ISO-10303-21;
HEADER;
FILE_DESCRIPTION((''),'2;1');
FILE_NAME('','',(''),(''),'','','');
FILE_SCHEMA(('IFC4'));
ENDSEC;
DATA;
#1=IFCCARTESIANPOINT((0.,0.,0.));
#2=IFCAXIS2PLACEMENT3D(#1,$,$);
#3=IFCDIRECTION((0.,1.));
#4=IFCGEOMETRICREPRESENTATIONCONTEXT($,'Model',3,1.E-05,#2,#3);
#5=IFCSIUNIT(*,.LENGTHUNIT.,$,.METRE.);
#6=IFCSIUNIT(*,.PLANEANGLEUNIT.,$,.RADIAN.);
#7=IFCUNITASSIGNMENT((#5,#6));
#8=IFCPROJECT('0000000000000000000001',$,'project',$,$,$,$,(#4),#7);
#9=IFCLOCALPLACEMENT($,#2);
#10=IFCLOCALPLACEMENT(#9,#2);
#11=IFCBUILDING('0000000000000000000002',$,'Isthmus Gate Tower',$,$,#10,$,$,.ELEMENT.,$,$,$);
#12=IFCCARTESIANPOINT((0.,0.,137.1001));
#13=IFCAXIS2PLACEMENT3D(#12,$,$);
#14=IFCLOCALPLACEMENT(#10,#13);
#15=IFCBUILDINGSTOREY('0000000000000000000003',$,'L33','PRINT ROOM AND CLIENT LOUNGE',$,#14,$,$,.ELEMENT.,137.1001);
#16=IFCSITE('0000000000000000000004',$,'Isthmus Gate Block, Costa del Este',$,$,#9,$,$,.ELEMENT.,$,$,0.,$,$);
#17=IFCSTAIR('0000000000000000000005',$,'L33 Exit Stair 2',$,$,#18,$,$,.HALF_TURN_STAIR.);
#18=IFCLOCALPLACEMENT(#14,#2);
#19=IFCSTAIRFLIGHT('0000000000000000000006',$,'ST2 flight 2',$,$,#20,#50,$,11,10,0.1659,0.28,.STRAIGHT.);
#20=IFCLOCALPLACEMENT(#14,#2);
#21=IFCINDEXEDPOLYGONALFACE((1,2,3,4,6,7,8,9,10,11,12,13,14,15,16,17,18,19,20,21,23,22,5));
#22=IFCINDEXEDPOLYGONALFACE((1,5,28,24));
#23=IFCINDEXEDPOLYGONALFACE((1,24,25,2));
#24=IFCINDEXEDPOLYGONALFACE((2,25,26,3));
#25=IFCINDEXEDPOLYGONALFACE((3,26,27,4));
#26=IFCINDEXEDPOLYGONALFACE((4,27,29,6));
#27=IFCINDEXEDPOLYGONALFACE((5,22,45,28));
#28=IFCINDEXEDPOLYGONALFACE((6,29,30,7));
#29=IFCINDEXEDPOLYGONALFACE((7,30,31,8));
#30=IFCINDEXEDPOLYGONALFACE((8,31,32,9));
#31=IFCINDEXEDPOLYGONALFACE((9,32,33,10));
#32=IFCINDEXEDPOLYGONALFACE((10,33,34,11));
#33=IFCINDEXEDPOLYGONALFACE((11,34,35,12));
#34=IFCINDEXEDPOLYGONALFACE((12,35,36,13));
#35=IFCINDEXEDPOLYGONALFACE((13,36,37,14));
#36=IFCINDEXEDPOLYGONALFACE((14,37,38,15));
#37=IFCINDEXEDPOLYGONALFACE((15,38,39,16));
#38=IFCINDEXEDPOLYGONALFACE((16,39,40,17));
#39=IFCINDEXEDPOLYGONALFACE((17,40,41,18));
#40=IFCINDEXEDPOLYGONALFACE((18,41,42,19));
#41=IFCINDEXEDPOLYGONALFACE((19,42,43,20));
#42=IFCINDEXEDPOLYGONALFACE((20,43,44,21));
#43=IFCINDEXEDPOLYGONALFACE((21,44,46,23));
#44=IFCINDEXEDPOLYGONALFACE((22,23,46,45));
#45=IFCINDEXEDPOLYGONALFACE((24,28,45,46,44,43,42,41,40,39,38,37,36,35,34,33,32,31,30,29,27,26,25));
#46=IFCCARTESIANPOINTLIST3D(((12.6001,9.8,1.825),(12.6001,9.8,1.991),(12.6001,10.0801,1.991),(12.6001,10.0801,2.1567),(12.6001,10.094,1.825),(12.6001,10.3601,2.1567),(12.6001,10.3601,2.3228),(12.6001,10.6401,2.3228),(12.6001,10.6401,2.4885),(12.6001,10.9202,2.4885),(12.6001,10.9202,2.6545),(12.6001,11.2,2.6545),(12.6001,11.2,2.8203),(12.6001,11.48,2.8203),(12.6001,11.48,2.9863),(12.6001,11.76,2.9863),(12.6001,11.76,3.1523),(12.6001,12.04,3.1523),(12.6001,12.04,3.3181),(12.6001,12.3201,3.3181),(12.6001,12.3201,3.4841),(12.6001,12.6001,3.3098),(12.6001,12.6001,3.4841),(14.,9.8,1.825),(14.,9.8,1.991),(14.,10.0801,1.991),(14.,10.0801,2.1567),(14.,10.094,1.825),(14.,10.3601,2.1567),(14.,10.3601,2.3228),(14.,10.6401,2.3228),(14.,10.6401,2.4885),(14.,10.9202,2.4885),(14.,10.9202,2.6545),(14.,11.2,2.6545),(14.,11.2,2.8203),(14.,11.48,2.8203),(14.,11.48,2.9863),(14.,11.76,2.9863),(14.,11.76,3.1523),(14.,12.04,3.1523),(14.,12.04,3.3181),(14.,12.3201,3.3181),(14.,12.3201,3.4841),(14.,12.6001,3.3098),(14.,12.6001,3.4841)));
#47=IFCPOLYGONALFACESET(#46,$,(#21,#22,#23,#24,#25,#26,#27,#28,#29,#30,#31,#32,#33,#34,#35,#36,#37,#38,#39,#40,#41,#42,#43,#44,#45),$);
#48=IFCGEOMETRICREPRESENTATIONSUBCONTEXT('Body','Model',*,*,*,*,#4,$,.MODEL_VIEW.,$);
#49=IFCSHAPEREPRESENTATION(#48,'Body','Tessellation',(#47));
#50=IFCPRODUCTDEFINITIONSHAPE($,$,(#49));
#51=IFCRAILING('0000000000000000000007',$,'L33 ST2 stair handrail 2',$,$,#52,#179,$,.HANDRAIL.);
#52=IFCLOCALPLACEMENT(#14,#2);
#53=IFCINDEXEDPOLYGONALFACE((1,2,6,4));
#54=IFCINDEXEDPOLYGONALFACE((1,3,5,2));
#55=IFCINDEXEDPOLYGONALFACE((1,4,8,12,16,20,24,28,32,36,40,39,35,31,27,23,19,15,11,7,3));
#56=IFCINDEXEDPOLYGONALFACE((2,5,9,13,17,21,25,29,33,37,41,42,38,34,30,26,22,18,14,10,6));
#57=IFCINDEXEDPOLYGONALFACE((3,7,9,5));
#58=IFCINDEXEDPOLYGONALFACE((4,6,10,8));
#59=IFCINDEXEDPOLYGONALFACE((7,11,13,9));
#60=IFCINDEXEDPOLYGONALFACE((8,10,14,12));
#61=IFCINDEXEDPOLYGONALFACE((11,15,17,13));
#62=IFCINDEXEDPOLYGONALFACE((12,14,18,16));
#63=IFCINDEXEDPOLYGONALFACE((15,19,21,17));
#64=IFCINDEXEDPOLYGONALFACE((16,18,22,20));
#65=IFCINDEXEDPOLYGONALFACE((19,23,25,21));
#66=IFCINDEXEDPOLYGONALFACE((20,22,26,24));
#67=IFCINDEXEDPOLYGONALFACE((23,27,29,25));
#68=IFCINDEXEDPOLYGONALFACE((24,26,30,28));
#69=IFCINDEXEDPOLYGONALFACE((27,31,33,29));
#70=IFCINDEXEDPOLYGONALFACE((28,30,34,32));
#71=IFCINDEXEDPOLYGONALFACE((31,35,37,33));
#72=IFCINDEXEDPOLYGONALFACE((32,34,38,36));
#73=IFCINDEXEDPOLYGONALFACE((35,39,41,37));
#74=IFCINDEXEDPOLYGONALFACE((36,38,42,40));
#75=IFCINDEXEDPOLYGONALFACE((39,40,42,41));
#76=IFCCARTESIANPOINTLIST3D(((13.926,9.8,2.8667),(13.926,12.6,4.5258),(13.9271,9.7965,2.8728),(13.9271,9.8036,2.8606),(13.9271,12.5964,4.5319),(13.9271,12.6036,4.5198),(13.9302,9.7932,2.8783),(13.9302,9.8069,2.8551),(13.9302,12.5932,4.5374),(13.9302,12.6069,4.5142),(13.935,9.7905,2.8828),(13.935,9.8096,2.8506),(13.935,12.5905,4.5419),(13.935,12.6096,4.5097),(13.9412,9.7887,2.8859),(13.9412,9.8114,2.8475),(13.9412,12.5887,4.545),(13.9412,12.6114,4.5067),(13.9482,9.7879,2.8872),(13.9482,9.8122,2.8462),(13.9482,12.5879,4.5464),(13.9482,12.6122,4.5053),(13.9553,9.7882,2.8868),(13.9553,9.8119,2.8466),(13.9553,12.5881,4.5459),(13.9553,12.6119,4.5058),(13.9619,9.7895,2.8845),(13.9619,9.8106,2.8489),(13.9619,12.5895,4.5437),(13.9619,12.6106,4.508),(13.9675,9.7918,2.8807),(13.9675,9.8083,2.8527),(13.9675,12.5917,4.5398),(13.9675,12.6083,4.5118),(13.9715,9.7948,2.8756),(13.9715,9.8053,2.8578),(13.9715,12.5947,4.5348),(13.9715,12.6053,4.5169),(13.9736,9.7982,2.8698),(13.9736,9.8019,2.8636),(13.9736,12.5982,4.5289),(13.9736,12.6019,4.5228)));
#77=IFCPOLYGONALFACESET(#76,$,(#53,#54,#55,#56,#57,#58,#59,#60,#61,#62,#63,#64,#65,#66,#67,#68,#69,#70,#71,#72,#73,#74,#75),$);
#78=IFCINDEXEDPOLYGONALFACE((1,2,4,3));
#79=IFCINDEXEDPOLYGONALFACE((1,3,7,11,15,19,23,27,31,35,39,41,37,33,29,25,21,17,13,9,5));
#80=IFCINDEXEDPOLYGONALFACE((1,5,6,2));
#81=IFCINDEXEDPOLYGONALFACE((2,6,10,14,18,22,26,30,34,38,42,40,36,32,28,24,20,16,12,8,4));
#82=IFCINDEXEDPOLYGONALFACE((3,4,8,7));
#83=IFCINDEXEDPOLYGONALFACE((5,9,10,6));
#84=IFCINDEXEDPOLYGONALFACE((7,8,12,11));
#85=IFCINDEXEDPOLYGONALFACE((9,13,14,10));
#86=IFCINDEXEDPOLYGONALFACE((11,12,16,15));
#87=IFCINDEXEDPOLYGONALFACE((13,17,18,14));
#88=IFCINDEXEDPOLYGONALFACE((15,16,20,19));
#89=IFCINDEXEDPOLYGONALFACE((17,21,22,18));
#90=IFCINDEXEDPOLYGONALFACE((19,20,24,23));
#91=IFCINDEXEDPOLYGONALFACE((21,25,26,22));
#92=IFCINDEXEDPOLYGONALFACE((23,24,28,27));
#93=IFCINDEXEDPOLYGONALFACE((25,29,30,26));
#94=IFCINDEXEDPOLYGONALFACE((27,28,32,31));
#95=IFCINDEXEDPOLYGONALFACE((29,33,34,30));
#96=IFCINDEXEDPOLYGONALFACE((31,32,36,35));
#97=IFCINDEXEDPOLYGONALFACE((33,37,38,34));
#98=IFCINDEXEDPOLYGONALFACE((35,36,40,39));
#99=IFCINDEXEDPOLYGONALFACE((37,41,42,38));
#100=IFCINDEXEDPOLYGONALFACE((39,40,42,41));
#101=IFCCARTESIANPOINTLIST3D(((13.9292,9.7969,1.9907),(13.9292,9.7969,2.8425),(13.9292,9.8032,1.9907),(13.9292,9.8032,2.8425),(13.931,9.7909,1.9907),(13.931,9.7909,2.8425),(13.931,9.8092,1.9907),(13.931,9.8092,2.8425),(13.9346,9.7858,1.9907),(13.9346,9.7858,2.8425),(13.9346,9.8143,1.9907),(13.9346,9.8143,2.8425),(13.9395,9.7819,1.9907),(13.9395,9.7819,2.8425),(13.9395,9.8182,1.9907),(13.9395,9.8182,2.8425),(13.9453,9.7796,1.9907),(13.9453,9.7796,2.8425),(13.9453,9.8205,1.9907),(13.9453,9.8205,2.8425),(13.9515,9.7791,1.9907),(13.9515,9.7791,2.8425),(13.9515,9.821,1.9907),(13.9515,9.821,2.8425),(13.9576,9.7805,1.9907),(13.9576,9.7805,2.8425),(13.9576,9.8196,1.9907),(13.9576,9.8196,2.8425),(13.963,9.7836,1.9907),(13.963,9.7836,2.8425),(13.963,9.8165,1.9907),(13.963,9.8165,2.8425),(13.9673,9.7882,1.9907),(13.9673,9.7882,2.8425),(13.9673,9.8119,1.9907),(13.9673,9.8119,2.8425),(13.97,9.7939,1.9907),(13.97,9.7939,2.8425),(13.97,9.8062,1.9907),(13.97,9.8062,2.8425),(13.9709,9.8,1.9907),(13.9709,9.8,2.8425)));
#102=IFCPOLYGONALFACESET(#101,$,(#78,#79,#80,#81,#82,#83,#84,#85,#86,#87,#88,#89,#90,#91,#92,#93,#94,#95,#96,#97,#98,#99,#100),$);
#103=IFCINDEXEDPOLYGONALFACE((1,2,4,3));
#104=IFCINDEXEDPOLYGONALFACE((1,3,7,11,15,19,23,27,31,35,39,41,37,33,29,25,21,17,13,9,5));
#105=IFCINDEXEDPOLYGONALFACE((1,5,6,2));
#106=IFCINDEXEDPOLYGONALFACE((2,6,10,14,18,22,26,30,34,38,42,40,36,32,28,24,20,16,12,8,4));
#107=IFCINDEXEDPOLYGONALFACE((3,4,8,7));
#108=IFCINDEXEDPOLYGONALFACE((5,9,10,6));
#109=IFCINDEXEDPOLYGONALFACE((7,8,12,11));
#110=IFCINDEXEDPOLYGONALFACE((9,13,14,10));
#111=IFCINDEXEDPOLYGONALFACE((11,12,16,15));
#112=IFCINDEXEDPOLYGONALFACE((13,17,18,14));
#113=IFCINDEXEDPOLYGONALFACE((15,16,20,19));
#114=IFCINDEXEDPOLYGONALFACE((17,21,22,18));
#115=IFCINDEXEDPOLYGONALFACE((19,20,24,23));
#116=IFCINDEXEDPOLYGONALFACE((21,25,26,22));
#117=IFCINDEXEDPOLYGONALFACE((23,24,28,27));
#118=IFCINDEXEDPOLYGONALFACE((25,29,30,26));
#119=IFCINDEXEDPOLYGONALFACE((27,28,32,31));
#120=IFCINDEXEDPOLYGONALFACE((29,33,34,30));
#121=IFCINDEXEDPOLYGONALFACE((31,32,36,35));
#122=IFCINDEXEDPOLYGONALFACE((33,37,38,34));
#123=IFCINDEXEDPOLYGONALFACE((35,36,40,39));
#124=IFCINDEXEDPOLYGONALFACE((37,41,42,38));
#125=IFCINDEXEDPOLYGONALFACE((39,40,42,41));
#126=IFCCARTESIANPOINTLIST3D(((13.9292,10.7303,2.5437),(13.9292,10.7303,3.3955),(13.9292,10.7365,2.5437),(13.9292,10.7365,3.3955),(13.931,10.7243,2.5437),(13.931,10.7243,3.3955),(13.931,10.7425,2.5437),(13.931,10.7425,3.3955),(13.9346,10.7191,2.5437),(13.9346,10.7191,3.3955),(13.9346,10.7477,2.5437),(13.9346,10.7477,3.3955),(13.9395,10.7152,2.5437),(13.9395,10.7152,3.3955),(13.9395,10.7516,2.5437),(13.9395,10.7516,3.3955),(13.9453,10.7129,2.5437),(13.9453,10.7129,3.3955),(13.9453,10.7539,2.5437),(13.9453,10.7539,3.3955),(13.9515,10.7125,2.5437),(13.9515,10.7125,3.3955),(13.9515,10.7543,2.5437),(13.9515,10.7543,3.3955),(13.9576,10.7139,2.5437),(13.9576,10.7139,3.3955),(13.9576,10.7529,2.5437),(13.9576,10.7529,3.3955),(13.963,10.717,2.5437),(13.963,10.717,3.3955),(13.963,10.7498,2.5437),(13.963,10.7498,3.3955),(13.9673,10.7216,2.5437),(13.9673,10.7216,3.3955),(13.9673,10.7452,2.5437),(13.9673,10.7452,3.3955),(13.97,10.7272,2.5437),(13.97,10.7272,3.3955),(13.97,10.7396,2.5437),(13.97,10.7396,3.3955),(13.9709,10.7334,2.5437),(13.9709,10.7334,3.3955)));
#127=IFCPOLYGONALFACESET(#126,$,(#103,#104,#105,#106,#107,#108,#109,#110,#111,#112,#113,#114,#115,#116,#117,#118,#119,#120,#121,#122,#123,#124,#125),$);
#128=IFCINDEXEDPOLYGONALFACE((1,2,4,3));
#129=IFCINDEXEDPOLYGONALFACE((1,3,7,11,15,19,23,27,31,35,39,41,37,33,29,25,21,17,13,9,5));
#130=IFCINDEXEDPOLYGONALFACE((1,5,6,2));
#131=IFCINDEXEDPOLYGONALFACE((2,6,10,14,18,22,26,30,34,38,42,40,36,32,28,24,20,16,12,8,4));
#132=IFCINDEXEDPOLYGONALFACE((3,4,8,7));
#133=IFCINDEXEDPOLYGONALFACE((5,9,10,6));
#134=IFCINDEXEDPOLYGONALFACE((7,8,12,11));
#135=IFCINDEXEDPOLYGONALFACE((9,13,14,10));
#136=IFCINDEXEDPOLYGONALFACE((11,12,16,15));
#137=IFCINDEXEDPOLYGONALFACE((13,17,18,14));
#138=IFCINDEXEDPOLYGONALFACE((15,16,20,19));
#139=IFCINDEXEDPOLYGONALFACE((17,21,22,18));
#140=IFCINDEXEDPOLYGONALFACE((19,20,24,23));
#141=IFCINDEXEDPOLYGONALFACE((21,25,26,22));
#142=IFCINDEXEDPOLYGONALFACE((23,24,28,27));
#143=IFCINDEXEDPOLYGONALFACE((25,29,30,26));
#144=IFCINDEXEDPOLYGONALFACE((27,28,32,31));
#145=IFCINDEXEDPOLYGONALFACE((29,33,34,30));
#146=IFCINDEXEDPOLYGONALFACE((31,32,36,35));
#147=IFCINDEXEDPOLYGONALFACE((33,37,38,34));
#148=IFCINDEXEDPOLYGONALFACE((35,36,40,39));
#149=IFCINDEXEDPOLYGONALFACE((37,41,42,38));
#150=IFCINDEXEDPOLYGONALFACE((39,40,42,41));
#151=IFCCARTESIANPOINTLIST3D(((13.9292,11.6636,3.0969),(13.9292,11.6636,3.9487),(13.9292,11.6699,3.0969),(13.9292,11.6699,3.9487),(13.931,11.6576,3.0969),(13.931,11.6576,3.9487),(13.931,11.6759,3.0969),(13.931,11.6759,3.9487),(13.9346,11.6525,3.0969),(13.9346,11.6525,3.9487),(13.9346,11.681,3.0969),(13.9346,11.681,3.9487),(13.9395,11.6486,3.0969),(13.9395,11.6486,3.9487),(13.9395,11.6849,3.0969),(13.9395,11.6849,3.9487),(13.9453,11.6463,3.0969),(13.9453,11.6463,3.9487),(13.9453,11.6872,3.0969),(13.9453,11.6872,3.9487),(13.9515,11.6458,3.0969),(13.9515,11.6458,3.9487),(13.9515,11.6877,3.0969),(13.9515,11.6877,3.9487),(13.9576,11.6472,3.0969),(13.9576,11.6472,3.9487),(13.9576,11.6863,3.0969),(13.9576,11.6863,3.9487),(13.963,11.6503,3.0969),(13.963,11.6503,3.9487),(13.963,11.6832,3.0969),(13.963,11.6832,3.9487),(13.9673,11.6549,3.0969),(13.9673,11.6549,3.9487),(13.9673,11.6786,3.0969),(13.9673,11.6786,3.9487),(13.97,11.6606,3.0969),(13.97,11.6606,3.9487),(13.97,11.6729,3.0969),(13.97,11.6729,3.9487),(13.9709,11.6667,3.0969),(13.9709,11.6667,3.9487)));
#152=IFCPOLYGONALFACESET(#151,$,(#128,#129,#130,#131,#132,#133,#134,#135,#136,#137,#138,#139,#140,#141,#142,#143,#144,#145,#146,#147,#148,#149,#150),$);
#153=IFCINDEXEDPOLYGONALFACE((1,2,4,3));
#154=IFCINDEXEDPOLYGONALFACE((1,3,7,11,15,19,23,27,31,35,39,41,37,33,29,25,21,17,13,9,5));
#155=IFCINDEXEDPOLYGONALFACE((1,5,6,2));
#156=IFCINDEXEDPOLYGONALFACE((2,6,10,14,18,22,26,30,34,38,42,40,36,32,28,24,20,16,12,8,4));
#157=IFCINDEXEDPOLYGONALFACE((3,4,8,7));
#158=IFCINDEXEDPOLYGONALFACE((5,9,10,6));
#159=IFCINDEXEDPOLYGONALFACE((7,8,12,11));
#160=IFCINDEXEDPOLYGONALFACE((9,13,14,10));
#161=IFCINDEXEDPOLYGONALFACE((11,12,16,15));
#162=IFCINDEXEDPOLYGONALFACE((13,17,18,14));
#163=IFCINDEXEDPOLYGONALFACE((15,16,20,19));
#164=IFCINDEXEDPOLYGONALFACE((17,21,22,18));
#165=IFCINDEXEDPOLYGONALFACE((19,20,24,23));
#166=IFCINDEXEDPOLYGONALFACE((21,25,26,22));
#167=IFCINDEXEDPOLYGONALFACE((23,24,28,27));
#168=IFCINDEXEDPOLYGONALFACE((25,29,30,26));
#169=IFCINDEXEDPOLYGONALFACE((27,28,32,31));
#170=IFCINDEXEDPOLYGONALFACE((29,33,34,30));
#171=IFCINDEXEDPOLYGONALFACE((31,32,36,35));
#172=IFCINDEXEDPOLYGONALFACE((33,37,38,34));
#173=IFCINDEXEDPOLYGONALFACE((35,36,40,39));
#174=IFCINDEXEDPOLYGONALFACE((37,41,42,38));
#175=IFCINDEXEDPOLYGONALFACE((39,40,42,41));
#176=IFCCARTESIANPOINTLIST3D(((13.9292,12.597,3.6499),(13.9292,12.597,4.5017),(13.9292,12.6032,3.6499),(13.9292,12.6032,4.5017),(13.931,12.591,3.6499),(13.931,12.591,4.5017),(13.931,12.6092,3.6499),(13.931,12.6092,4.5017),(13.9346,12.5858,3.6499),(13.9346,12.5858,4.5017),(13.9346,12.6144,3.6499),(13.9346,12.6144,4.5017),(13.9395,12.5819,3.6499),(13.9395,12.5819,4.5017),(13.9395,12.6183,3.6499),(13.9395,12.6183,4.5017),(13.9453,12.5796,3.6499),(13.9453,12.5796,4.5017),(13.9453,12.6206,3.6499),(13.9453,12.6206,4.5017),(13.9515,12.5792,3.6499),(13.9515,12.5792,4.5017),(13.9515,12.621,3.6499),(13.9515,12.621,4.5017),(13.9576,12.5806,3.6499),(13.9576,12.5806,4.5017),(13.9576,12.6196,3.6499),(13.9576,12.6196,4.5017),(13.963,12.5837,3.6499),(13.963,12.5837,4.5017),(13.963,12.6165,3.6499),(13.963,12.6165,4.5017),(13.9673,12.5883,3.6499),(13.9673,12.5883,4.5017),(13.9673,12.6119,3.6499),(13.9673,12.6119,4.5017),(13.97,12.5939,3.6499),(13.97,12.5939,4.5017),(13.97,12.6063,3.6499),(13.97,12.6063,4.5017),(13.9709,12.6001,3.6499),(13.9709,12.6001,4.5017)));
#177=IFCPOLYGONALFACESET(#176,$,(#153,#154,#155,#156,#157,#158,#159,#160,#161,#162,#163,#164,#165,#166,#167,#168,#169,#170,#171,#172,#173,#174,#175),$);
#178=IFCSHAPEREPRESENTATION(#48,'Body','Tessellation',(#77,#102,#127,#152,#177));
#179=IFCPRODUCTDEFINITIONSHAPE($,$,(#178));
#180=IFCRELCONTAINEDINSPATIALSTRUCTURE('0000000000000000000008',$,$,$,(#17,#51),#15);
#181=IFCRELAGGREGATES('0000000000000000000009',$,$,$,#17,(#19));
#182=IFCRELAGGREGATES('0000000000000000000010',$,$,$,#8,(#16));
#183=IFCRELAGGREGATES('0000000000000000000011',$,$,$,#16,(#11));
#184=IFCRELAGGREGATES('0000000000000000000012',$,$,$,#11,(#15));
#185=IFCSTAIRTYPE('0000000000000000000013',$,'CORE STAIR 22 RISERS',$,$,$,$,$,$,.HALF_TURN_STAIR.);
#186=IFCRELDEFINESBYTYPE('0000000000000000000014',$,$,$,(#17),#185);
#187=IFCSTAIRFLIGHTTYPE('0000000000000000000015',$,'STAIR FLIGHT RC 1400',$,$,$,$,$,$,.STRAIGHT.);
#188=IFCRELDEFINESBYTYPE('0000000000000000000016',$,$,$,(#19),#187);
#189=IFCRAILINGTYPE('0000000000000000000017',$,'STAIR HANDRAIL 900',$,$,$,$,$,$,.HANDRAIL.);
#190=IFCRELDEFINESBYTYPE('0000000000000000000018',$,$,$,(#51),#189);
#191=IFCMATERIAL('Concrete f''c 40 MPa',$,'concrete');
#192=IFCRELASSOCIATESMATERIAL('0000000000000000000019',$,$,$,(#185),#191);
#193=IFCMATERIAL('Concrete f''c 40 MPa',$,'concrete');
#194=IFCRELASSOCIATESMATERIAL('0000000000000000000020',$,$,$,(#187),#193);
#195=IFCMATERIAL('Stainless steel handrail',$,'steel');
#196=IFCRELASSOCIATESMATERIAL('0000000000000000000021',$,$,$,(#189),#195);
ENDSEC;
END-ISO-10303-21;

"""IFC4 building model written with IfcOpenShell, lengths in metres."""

from ifc_helpers import new_model, si_unit, direction, frame, origin, origin_2d, place, context, subcontext, project, spatial, polyline, circle, outline, extrude, material, type_object, element, aggregate, save


model = new_model("IFC4")

# Units and contexts
model_context = context("Model", 3, precision=1e-05, world=origin(), true_north=direction((0.0, 1.0)))
body_context = subcontext(model_context, "Body", "Model", "MODEL_VIEW")
ifc_project = project(units=[si_unit("LENGTHUNIT", "METRE"), si_unit("PLANEANGLEUNIT", "RADIAN")], contexts=[model_context])

# Site, building, storey
site_placement = place(None, origin())
site = spatial("IfcSite", under=ifc_project, at=site_placement, Name="Isthmus Gate Block, Costa del Este", CompositionType="ELEMENT", RefElevation=0.0)
building_placement = place(site_placement, origin())
building = spatial("IfcBuilding", under=site, at=building_placement, Name="Isthmus Gate Tower", CompositionType="ELEMENT")
storey_placement = place(building_placement, frame((0.0, 0.0, 137.1001)))
storey = spatial("IfcBuildingStorey", under=building, at=storey_placement, Name="L33", Description="PRINT ROOM AND CLIENT LOUNGE", CompositionType="ELEMENT", Elevation=137.1001)

# Stair, stair flight
ifc_material_1 = material(Name="Concrete f'c 40 MPa", Category="concrete")
stair_type = type_object("IfcStairType", Name="CORE STAIR 22 RISERS", PredefinedType="HALF_TURN_STAIR", material=ifc_material_1)
stair_placement = place(storey_placement, origin())
stair = element("IfcStair", 1, at=stair_placement, inside=storey, type_object=stair_type, Name="L33 Exit Stair 2", PredefinedType="HALF_TURN_STAIR")
ifc_material_2 = material(Name="Concrete f'c 40 MPa", Category="concrete")
stair_flight_type = type_object("IfcStairFlightType", Name="STAIR FLIGHT RC 1400", PredefinedType="STRAIGHT", material=ifc_material_2)
stair_flight_placement = place(storey_placement, frame((13.3, 9.8, 1.825), z_axis=(0.0, 0.0, 1.0), x_axis=(0.0, 1.0, 0.0)))
stair_flight = element("IfcStairFlight", 2, at=stair_flight_placement, type_object=stair_flight_type, Name="ST2 flight 2", NumberOfRisers=11, NumberOfTreads=10, PredefinedType="STRAIGHT", RiserHeight=0.1659, TreadLength=0.28, context=body_context, shape_type="SweptSolid", body=[
    extrude(outline(polyline([(0.0, 0.0), (0.0, 0.166), (0.28, 0.166), (0.28, 0.3318), (0.5601, 0.3318), (0.5601, 0.4978), (0.8401, 0.4978), (0.8401, 0.6636), (1.1201, 0.6636), (1.1201, 0.8296), (1.3999, 0.8296), (1.3999, 0.9954), (1.6799, 0.9954), (1.6799, 1.1614), (1.96, 1.1614), (1.96, 1.3274), (2.24, 1.3274), (2.24, 1.4932), (2.52, 1.4932), (2.52, 1.6592), (2.8, 1.6592), (2.8, 1.825), (2.8, 1.4849), (0.2939, 0.0), (0.0, 0.0)])), frame((0.0, 0.7, 0.0), z_axis=(0.0, -1.0, 0.0), x_axis=(1.0, 0.0, 0.0)), (0.0, 0.0, 1.0), 1.3999),
])
aggregate(stair, [stair_flight])

# Railing
ifc_material_3 = material(Name="Stainless steel handrail", Category="steel")
railing_type = type_object("IfcRailingType", Name="STAIR HANDRAIL 900", PredefinedType="HANDRAIL", material=ifc_material_3)
railing_placement = place(storey_placement, frame((13.95, 9.8, 1.9907)))
element("IfcRailing", 3, at=railing_placement, inside=storey, type_object=railing_type, Name="L33 ST2 stair handrail 2", PredefinedType="HANDRAIL", context=body_context, shape_type="SweptSolid", body=[
    extrude(circle(Radius=0.0239, at=origin_2d()), frame((0.0, 0.0, 0.876), z_axis=(0.0, 0.860306, 0.509778), x_axis=(-1.0, 0.0, 0.0)), (0.0, 0.0, 1.0), 3.2546),
    extrude(circle(Radius=0.021, at=origin_2d()), origin(), (0.0, 0.0, 1.0), 0.8518),
    extrude(circle(Radius=0.021, at=origin_2d()), frame((0.0, 0.9333, 0.553)), (0.0, 0.0, 1.0), 0.8518),
    extrude(circle(Radius=0.021, at=origin_2d()), frame((0.0, 1.8667, 1.1062)), (0.0, 0.0, 1.0), 0.8518),
    extrude(circle(Radius=0.021, at=origin_2d()), frame((0.0, 2.8, 1.6592)), (0.0, 0.0, 1.0), 0.8518),
])

save(model, "model.ifc")
